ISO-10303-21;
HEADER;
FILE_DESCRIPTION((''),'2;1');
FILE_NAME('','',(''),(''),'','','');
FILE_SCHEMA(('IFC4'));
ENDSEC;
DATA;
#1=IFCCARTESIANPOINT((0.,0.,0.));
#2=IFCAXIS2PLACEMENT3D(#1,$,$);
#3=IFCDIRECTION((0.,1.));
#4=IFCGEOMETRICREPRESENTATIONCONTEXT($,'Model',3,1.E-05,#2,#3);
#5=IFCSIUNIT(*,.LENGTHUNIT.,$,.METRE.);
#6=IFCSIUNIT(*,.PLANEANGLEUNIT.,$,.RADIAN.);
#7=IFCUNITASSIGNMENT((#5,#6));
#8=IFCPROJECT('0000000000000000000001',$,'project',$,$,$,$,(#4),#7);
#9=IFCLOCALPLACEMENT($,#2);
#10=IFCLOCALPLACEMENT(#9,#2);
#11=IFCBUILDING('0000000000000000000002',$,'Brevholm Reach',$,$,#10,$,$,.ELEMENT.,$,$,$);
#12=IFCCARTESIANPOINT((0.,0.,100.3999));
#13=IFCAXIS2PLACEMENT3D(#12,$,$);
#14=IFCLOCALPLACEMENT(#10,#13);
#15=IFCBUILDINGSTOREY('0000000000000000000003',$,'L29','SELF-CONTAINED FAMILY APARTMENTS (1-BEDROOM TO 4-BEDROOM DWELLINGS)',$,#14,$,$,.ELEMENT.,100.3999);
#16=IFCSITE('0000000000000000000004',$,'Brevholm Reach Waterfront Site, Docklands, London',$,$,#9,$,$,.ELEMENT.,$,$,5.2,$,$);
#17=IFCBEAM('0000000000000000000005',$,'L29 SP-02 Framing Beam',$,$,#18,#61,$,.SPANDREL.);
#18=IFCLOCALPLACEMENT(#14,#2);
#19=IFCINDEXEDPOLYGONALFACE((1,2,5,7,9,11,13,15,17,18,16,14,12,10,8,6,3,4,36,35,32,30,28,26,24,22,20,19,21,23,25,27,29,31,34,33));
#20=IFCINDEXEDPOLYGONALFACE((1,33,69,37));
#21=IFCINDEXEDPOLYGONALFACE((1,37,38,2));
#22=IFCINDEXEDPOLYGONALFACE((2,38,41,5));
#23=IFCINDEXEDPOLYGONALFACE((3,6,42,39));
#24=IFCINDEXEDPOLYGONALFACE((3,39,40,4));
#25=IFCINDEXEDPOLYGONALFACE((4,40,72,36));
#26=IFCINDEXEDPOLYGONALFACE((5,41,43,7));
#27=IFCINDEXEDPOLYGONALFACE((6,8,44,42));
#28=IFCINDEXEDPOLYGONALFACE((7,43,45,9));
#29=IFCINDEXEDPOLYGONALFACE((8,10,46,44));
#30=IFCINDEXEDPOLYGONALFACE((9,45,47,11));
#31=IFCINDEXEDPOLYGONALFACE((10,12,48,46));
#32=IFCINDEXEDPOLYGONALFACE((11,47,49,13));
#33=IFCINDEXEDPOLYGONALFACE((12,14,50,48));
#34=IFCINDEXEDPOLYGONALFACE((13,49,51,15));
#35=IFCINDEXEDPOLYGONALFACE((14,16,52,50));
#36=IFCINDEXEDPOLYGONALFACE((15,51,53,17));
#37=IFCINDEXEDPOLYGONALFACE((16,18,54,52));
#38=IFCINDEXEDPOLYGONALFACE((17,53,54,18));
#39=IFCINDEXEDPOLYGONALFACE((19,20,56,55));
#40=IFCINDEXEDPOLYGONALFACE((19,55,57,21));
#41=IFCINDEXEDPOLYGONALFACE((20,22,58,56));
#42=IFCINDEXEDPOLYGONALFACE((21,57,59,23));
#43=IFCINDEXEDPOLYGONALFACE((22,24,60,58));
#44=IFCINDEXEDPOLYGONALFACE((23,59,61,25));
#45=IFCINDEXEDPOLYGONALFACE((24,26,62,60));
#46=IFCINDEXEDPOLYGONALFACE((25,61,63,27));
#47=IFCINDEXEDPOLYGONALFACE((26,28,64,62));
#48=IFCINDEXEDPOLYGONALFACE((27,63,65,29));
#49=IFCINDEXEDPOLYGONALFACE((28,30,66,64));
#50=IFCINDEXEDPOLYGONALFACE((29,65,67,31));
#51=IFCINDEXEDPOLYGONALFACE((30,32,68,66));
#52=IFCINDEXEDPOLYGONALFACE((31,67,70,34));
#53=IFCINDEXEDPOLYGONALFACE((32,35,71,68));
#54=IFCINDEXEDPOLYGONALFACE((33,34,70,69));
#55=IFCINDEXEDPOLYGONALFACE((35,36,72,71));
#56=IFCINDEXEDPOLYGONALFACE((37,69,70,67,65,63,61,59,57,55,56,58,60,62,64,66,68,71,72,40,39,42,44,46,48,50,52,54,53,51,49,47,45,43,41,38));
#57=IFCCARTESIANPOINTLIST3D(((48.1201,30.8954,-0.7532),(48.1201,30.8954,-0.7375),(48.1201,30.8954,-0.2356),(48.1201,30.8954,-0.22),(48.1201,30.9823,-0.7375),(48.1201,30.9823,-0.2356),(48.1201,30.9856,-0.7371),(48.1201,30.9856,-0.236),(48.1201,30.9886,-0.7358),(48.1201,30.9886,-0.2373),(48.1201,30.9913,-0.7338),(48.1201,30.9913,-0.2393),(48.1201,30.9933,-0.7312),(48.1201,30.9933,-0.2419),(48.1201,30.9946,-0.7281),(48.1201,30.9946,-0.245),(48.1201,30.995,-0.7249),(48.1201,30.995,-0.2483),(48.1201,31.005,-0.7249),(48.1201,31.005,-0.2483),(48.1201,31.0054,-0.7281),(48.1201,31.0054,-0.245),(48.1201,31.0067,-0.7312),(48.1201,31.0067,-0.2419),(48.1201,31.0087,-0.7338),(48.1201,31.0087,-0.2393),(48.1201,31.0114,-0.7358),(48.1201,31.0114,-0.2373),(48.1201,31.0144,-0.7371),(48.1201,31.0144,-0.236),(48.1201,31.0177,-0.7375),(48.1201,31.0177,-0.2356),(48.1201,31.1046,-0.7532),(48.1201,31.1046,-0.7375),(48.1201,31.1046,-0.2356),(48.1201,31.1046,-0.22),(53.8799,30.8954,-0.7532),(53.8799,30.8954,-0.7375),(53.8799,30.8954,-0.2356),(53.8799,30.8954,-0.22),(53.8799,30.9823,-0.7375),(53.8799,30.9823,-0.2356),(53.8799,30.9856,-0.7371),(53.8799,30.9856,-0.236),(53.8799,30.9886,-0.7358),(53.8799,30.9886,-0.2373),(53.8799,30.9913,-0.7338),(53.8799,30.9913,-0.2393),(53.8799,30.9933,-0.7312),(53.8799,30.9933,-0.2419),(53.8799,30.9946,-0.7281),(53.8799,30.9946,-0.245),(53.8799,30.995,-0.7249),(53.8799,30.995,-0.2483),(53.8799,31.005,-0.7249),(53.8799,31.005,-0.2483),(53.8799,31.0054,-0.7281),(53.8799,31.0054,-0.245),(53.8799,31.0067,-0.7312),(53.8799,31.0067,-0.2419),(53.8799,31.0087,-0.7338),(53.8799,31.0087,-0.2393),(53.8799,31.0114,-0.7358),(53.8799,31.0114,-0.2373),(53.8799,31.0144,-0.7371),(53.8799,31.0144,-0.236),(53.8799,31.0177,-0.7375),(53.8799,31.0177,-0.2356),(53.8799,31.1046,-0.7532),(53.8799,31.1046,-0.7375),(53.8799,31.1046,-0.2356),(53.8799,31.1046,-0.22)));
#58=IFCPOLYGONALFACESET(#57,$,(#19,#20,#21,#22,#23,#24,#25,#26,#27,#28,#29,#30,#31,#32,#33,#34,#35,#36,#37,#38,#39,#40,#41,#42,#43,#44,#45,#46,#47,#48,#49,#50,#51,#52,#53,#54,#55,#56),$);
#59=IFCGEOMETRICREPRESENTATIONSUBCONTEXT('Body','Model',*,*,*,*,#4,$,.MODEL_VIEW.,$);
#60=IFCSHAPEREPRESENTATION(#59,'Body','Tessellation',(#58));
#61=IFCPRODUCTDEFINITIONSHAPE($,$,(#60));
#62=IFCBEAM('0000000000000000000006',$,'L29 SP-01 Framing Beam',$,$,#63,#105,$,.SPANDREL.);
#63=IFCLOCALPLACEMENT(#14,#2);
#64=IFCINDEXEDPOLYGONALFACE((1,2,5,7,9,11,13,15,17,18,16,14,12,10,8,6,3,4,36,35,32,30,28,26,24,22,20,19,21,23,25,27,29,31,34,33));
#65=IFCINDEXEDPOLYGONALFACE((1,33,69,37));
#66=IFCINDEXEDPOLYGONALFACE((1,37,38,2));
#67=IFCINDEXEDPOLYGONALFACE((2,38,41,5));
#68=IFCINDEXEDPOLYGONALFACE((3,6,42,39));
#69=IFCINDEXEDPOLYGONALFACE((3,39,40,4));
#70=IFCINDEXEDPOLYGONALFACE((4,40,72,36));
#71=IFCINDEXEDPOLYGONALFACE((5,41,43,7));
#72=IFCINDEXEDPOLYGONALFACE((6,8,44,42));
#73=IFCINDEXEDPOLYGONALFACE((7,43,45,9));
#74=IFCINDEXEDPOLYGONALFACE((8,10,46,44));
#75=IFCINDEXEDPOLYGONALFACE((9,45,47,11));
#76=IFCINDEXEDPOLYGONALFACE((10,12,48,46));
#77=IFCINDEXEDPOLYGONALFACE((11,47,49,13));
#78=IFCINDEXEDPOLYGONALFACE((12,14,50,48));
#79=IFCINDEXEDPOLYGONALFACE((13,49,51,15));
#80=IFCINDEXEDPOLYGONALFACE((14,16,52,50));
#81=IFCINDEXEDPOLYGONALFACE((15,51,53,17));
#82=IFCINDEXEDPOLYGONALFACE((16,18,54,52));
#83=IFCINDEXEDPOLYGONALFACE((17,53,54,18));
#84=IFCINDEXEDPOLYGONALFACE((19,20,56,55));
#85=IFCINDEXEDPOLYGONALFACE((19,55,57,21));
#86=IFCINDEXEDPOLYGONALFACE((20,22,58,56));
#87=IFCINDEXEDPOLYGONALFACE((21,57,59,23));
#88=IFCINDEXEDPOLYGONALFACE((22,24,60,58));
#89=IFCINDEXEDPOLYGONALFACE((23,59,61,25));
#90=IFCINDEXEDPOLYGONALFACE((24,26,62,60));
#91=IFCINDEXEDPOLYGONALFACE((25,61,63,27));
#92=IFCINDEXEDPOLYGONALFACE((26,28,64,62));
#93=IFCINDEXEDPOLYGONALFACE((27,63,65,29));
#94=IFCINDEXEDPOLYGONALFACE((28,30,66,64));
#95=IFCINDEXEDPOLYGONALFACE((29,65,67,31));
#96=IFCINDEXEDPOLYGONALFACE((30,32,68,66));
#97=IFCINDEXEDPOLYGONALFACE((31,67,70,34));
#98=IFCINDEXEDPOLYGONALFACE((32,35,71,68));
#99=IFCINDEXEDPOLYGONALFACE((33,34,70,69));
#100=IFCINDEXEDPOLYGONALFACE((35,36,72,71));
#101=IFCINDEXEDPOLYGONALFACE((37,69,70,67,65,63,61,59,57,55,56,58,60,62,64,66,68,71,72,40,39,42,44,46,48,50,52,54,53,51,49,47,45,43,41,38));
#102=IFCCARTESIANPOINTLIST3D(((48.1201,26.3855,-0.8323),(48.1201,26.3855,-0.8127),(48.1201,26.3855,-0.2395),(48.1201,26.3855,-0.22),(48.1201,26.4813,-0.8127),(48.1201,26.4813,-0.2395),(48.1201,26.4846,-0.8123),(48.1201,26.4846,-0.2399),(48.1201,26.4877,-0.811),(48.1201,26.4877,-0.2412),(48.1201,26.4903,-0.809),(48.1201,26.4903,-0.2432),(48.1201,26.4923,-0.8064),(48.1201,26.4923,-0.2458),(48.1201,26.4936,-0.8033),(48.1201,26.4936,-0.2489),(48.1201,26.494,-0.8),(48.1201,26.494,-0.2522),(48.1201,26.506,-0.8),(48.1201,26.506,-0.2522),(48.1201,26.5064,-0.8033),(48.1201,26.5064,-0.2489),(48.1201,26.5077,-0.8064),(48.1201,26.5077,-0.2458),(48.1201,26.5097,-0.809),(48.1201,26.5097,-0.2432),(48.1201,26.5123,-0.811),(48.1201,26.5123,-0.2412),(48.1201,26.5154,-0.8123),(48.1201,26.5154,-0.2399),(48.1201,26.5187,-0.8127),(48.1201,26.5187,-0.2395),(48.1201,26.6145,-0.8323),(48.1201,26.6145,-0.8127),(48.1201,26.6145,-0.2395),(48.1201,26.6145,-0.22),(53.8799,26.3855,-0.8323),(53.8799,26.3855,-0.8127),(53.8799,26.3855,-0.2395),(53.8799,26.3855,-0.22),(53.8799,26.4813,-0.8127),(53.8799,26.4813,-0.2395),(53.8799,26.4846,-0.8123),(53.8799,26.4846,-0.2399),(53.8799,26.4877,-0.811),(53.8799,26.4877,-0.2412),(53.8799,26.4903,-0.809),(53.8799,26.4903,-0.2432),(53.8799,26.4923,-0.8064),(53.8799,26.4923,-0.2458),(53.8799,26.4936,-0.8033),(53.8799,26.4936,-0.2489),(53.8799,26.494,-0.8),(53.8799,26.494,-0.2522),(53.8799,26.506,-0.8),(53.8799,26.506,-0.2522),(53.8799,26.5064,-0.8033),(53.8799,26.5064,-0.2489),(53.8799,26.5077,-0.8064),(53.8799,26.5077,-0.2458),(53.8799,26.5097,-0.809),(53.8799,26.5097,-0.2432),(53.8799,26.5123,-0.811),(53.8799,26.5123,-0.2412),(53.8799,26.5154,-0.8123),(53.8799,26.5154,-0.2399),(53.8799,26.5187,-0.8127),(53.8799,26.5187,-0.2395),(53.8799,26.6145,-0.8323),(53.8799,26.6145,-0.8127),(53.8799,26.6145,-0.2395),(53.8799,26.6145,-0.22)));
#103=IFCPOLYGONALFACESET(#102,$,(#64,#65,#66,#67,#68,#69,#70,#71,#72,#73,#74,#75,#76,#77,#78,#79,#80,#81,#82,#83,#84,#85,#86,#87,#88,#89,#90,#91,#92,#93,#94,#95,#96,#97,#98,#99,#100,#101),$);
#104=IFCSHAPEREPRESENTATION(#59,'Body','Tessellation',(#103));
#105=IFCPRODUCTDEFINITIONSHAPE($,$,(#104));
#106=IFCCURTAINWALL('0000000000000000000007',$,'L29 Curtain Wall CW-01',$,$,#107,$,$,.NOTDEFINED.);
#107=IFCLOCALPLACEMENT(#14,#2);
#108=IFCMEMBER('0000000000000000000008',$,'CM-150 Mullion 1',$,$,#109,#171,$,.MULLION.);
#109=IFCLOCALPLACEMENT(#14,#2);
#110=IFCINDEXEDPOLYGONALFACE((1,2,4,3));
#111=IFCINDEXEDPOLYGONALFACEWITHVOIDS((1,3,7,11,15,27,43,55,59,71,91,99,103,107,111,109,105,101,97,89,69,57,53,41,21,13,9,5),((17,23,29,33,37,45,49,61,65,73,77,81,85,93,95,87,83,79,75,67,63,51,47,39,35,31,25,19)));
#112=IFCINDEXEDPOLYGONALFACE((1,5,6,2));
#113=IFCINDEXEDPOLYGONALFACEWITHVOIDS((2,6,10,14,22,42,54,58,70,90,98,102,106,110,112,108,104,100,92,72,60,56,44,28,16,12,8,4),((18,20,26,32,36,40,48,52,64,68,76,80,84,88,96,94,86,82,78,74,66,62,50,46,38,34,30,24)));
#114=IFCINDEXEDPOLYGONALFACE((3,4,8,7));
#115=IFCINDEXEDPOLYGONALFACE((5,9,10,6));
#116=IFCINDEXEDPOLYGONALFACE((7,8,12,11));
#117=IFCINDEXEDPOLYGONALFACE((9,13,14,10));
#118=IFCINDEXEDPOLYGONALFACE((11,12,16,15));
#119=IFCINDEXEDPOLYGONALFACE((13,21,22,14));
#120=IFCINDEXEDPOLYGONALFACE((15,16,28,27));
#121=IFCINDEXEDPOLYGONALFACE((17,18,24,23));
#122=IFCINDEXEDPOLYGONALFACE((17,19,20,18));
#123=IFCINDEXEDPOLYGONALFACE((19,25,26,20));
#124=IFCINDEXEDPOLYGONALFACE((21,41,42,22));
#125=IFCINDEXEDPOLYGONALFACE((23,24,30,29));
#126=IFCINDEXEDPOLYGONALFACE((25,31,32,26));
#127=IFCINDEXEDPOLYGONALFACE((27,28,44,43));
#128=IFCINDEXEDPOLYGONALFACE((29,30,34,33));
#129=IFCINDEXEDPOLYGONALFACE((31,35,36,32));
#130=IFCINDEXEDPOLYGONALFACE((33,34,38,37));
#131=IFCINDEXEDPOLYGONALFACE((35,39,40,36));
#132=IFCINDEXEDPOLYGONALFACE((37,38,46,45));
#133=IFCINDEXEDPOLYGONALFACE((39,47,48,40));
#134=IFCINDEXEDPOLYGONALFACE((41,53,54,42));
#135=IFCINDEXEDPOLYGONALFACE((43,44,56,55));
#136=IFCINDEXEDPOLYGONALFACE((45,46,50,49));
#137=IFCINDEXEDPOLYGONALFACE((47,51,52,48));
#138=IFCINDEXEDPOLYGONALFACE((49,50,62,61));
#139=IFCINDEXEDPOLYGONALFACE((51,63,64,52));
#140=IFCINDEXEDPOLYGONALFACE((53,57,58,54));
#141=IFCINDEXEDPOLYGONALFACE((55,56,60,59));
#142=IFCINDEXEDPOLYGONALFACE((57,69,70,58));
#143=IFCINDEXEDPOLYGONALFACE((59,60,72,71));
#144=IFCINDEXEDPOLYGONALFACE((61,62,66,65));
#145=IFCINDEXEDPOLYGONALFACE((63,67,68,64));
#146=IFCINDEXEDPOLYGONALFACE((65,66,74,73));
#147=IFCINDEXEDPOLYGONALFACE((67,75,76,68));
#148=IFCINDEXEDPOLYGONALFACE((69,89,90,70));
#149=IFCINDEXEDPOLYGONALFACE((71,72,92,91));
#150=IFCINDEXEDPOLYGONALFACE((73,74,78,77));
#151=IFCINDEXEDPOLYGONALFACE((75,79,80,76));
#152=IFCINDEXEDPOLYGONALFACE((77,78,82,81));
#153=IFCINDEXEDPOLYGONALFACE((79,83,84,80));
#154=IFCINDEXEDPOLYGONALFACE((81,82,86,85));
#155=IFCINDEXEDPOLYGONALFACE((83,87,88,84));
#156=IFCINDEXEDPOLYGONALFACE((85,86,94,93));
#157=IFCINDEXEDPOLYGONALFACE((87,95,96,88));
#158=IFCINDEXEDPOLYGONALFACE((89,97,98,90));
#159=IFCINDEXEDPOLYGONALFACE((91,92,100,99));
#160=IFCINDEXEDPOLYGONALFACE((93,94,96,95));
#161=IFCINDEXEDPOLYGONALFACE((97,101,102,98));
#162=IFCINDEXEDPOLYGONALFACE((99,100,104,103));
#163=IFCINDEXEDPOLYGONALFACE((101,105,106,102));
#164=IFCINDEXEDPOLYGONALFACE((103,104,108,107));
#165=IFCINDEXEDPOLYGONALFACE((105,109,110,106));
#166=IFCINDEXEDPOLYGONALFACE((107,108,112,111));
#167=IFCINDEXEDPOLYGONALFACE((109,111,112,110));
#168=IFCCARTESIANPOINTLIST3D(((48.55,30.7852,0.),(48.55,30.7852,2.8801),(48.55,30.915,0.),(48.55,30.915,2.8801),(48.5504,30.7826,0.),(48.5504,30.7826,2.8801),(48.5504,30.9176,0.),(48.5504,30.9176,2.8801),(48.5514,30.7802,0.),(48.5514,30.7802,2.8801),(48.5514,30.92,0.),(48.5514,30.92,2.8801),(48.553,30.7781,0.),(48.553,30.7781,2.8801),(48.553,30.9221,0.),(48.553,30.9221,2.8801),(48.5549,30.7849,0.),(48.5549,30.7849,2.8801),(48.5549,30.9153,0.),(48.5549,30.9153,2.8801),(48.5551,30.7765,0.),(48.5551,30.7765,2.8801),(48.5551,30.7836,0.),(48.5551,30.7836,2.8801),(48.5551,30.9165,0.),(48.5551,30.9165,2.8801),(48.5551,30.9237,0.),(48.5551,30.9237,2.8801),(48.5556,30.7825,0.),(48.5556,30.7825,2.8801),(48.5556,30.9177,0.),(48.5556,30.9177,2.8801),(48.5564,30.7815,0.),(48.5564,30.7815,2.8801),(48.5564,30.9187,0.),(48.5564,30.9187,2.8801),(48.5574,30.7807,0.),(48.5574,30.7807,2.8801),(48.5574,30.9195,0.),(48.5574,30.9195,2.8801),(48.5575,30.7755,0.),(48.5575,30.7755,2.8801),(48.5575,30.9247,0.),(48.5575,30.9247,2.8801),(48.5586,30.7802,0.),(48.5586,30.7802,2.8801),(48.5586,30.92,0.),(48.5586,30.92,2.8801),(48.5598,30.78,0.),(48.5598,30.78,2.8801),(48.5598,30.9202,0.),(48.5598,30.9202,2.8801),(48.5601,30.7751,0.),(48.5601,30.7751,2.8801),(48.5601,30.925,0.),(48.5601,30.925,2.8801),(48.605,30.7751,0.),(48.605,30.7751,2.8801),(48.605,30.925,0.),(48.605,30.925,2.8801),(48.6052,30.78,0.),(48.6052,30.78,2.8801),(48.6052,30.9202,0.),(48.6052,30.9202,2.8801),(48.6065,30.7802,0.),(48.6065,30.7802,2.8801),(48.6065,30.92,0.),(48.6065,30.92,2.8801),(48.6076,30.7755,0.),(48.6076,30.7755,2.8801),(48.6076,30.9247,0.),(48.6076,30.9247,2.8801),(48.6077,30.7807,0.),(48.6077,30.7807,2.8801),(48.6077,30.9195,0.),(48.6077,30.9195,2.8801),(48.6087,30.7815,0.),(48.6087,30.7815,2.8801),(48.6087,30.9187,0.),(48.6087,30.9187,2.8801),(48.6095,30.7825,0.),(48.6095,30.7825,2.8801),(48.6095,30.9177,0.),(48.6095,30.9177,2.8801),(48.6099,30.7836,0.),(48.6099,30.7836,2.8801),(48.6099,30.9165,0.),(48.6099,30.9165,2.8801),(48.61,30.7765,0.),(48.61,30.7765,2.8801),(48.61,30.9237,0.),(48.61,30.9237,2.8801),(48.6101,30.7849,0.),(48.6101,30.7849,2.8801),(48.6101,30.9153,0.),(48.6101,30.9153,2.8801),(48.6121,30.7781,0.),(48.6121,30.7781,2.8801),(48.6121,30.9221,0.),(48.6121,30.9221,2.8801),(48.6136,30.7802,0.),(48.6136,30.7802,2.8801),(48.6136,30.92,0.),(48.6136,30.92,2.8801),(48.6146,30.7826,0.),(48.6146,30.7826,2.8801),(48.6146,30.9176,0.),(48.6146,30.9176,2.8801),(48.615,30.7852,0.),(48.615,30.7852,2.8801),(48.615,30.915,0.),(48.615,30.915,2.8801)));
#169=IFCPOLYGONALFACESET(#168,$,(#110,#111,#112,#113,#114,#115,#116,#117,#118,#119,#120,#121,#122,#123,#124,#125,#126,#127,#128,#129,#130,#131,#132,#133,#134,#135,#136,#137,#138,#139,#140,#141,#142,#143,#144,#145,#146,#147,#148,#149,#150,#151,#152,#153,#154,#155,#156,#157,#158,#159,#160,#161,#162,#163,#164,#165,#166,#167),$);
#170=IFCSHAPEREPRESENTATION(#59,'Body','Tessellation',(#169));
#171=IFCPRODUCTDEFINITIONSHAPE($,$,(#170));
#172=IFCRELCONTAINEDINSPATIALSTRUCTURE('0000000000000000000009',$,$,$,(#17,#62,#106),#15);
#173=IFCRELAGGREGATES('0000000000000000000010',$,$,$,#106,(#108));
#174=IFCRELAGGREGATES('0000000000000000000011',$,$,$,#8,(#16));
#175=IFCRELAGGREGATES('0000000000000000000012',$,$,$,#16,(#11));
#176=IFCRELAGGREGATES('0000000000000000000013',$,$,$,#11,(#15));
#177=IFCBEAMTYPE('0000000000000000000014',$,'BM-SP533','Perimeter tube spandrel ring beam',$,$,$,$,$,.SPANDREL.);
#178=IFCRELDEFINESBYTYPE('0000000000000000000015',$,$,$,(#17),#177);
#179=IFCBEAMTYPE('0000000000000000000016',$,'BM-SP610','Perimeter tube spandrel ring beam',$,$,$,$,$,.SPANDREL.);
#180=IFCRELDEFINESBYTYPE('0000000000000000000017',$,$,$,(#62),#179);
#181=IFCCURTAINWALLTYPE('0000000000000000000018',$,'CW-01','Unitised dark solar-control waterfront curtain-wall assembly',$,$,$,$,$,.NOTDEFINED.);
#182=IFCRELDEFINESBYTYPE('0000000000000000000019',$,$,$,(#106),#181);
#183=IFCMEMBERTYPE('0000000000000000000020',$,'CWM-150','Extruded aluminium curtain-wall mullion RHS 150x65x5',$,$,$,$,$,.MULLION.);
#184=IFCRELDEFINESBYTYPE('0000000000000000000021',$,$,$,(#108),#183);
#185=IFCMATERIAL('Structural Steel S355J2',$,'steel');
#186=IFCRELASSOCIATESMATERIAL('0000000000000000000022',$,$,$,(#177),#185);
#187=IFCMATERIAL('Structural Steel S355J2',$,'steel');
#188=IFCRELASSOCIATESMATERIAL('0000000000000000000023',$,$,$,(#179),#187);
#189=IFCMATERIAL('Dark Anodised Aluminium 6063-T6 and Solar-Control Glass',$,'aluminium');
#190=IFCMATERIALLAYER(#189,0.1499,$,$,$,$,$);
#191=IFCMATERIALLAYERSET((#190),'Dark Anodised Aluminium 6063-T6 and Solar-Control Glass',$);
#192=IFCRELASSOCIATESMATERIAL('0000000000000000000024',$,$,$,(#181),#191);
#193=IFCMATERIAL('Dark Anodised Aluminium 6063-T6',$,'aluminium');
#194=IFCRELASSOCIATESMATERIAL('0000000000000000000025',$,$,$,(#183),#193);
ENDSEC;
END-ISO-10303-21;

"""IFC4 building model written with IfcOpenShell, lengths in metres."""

from ifc_helpers import new_model, si_unit, direction, frame, origin, origin_2d, place, context, subcontext, project, spatial, hollow_rectangle, i_section, extrude, material, layer, layer_set, material_profile, profile_set, type_object, element, aggregate, save


model = new_model("IFC4")

# Units and contexts
model_context = context("Model", 3, precision=1e-05, world=origin(), true_north=direction((0.0, 1.0)))
body_context = subcontext(model_context, "Body", "Model", "MODEL_VIEW")
ifc_project = project(units=[si_unit("LENGTHUNIT", "METRE"), si_unit("PLANEANGLEUNIT", "RADIAN")], contexts=[model_context])

# Site, building, storey
site_placement = place(None, origin())
site = spatial("IfcSite", under=ifc_project, at=site_placement, Name="Brevholm Reach Waterfront Site, Docklands, London", CompositionType="ELEMENT", RefElevation=5.2)
building_placement = place(site_placement, origin())
building = spatial("IfcBuilding", under=site, at=building_placement, Name="Brevholm Reach", CompositionType="ELEMENT")
storey_placement = place(building_placement, frame((0.0, 0.0, 100.3999)))
storey = spatial("IfcBuildingStorey", under=building, at=storey_placement, Name="L29", Description="SELF-CONTAINED FAMILY APARTMENTS (1-BEDROOM TO 4-BEDROOM DWELLINGS)", CompositionType="ELEMENT", Elevation=100.3999)

# Beams
ifc_material_1 = material(Name="Structural Steel S355J2", Category="steel")
ifc_material_profile_1 = material_profile(ifc_material_1, i_section(OverallWidth=0.2092, OverallDepth=0.5332, WebThickness=0.01, FlangeThickness=0.0156, FilletRadius=0.0127, at=origin_2d()), Name="UKB 533x210x92")
ifc_profile_set_1 = profile_set([ifc_material_profile_1], Name="Structural Steel S355J2")
beam_type_1 = type_object("IfcBeamType", Name="BM-SP533", Description="Perimeter tube spandrel ring beam", PredefinedType="SPANDREL", material=ifc_profile_set_1)
beam_1_placement = place(storey_placement, frame((48.1201, 31.0, -0.4866), z_axis=(1.0, 0.0, 0.0), x_axis=(0.0, 1.0, 0.0)))
element("IfcBeam", 1, at=beam_1_placement, inside=storey, type_object=beam_type_1, Name="L29 SP-02 Framing Beam", PredefinedType="SPANDREL", context=body_context, shape_type="SweptSolid", body=[
    extrude(i_section(OverallWidth=0.2092, OverallDepth=0.5332, WebThickness=0.01, FlangeThickness=0.0156, FilletRadius=0.0127, at=origin_2d()), origin(), (0.0, 0.0, 1.0), 5.7598),
])
ifc_material_2 = material(Name="Structural Steel S355J2", Category="steel")
ifc_material_profile_2 = material_profile(ifc_material_2, i_section(OverallWidth=0.229, OverallDepth=0.6123, WebThickness=0.012, FlangeThickness=0.0195, FilletRadius=0.0127, at=origin_2d()), Name="UKB 610x229x125")
ifc_profile_set_2 = profile_set([ifc_material_profile_2], Name="Structural Steel S355J2")
beam_type_2 = type_object("IfcBeamType", Name="BM-SP610", Description="Perimeter tube spandrel ring beam", PredefinedType="SPANDREL", material=ifc_profile_set_2)
beam_2_placement = place(storey_placement, frame((48.1201, 26.5, -0.5261), z_axis=(1.0, 0.0, 0.0), x_axis=(0.0, 1.0, 0.0)))
element("IfcBeam", 2, at=beam_2_placement, inside=storey, type_object=beam_type_2, Name="L29 SP-01 Framing Beam", PredefinedType="SPANDREL", context=body_context, shape_type="SweptSolid", body=[
    extrude(i_section(OverallWidth=0.229, OverallDepth=0.6123, WebThickness=0.012, FlangeThickness=0.0195, FilletRadius=0.0127, at=origin_2d()), origin(), (0.0, 0.0, 1.0), 5.7598),
])

# Curtain wall, member
ifc_material_3 = material(Name="Dark Anodised Aluminium 6063-T6 and Solar-Control Glass", Category="aluminium")
ifc_layer_1 = layer(ifc_material_3, 0.1499)
ifc_layer_set_1 = layer_set([ifc_layer_1], Name="Dark Anodised Aluminium 6063-T6 and Solar-Control Glass")
curtain_wall_type = type_object("IfcCurtainWallType", Name="CW-01", Description="Unitised dark solar-control waterfront curtain-wall assembly", PredefinedType="NOTDEFINED", material=ifc_layer_set_1)
curtain_wall_placement = place(storey_placement, origin())
curtain_wall = element("IfcCurtainWall", 3, at=curtain_wall_placement, inside=storey, type_object=curtain_wall_type, Name="L29 Curtain Wall CW-01", PredefinedType="NOTDEFINED")
ifc_material_4 = material(Name="Dark Anodised Aluminium 6063-T6", Category="aluminium")
ifc_material_profile_3 = material_profile(ifc_material_4, hollow_rectangle(XDim=0.0649, YDim=0.1499, WallThickness=0.0049, InnerFilletRadius=0.0049, OuterFilletRadius=0.01, at=origin_2d()), Name="RHS 150x65x5")
ifc_profile_set_3 = profile_set([ifc_material_profile_3], Name="Dark Anodised Aluminium 6063-T6")
member_type_1 = type_object("IfcMemberType", Name="CWM-150", Description="Extruded aluminium curtain-wall mullion RHS 150x65x5", PredefinedType="MULLION", material=ifc_profile_set_3)
member_1_placement = place(storey_placement, frame((48.5825, 30.8501, 0.0), z_axis=(0.0, 0.0, 1.0), x_axis=(1.0, 0.0, 0.0)))
member_1 = element("IfcMember", 4, at=member_1_placement, type_object=member_type_1, Name="CM-150 Mullion 1", PredefinedType="MULLION", context=body_context, shape_type="SweptSolid", body=[
    extrude(hollow_rectangle(XDim=0.0649, YDim=0.1499, WallThickness=0.0049, InnerFilletRadius=0.0049, OuterFilletRadius=0.01, at=origin_2d()), origin(), (0.0, 0.0, 1.0), 2.8801),
])
aggregate(curtain_wall, [member_1])

save(model, "model.ifc")
